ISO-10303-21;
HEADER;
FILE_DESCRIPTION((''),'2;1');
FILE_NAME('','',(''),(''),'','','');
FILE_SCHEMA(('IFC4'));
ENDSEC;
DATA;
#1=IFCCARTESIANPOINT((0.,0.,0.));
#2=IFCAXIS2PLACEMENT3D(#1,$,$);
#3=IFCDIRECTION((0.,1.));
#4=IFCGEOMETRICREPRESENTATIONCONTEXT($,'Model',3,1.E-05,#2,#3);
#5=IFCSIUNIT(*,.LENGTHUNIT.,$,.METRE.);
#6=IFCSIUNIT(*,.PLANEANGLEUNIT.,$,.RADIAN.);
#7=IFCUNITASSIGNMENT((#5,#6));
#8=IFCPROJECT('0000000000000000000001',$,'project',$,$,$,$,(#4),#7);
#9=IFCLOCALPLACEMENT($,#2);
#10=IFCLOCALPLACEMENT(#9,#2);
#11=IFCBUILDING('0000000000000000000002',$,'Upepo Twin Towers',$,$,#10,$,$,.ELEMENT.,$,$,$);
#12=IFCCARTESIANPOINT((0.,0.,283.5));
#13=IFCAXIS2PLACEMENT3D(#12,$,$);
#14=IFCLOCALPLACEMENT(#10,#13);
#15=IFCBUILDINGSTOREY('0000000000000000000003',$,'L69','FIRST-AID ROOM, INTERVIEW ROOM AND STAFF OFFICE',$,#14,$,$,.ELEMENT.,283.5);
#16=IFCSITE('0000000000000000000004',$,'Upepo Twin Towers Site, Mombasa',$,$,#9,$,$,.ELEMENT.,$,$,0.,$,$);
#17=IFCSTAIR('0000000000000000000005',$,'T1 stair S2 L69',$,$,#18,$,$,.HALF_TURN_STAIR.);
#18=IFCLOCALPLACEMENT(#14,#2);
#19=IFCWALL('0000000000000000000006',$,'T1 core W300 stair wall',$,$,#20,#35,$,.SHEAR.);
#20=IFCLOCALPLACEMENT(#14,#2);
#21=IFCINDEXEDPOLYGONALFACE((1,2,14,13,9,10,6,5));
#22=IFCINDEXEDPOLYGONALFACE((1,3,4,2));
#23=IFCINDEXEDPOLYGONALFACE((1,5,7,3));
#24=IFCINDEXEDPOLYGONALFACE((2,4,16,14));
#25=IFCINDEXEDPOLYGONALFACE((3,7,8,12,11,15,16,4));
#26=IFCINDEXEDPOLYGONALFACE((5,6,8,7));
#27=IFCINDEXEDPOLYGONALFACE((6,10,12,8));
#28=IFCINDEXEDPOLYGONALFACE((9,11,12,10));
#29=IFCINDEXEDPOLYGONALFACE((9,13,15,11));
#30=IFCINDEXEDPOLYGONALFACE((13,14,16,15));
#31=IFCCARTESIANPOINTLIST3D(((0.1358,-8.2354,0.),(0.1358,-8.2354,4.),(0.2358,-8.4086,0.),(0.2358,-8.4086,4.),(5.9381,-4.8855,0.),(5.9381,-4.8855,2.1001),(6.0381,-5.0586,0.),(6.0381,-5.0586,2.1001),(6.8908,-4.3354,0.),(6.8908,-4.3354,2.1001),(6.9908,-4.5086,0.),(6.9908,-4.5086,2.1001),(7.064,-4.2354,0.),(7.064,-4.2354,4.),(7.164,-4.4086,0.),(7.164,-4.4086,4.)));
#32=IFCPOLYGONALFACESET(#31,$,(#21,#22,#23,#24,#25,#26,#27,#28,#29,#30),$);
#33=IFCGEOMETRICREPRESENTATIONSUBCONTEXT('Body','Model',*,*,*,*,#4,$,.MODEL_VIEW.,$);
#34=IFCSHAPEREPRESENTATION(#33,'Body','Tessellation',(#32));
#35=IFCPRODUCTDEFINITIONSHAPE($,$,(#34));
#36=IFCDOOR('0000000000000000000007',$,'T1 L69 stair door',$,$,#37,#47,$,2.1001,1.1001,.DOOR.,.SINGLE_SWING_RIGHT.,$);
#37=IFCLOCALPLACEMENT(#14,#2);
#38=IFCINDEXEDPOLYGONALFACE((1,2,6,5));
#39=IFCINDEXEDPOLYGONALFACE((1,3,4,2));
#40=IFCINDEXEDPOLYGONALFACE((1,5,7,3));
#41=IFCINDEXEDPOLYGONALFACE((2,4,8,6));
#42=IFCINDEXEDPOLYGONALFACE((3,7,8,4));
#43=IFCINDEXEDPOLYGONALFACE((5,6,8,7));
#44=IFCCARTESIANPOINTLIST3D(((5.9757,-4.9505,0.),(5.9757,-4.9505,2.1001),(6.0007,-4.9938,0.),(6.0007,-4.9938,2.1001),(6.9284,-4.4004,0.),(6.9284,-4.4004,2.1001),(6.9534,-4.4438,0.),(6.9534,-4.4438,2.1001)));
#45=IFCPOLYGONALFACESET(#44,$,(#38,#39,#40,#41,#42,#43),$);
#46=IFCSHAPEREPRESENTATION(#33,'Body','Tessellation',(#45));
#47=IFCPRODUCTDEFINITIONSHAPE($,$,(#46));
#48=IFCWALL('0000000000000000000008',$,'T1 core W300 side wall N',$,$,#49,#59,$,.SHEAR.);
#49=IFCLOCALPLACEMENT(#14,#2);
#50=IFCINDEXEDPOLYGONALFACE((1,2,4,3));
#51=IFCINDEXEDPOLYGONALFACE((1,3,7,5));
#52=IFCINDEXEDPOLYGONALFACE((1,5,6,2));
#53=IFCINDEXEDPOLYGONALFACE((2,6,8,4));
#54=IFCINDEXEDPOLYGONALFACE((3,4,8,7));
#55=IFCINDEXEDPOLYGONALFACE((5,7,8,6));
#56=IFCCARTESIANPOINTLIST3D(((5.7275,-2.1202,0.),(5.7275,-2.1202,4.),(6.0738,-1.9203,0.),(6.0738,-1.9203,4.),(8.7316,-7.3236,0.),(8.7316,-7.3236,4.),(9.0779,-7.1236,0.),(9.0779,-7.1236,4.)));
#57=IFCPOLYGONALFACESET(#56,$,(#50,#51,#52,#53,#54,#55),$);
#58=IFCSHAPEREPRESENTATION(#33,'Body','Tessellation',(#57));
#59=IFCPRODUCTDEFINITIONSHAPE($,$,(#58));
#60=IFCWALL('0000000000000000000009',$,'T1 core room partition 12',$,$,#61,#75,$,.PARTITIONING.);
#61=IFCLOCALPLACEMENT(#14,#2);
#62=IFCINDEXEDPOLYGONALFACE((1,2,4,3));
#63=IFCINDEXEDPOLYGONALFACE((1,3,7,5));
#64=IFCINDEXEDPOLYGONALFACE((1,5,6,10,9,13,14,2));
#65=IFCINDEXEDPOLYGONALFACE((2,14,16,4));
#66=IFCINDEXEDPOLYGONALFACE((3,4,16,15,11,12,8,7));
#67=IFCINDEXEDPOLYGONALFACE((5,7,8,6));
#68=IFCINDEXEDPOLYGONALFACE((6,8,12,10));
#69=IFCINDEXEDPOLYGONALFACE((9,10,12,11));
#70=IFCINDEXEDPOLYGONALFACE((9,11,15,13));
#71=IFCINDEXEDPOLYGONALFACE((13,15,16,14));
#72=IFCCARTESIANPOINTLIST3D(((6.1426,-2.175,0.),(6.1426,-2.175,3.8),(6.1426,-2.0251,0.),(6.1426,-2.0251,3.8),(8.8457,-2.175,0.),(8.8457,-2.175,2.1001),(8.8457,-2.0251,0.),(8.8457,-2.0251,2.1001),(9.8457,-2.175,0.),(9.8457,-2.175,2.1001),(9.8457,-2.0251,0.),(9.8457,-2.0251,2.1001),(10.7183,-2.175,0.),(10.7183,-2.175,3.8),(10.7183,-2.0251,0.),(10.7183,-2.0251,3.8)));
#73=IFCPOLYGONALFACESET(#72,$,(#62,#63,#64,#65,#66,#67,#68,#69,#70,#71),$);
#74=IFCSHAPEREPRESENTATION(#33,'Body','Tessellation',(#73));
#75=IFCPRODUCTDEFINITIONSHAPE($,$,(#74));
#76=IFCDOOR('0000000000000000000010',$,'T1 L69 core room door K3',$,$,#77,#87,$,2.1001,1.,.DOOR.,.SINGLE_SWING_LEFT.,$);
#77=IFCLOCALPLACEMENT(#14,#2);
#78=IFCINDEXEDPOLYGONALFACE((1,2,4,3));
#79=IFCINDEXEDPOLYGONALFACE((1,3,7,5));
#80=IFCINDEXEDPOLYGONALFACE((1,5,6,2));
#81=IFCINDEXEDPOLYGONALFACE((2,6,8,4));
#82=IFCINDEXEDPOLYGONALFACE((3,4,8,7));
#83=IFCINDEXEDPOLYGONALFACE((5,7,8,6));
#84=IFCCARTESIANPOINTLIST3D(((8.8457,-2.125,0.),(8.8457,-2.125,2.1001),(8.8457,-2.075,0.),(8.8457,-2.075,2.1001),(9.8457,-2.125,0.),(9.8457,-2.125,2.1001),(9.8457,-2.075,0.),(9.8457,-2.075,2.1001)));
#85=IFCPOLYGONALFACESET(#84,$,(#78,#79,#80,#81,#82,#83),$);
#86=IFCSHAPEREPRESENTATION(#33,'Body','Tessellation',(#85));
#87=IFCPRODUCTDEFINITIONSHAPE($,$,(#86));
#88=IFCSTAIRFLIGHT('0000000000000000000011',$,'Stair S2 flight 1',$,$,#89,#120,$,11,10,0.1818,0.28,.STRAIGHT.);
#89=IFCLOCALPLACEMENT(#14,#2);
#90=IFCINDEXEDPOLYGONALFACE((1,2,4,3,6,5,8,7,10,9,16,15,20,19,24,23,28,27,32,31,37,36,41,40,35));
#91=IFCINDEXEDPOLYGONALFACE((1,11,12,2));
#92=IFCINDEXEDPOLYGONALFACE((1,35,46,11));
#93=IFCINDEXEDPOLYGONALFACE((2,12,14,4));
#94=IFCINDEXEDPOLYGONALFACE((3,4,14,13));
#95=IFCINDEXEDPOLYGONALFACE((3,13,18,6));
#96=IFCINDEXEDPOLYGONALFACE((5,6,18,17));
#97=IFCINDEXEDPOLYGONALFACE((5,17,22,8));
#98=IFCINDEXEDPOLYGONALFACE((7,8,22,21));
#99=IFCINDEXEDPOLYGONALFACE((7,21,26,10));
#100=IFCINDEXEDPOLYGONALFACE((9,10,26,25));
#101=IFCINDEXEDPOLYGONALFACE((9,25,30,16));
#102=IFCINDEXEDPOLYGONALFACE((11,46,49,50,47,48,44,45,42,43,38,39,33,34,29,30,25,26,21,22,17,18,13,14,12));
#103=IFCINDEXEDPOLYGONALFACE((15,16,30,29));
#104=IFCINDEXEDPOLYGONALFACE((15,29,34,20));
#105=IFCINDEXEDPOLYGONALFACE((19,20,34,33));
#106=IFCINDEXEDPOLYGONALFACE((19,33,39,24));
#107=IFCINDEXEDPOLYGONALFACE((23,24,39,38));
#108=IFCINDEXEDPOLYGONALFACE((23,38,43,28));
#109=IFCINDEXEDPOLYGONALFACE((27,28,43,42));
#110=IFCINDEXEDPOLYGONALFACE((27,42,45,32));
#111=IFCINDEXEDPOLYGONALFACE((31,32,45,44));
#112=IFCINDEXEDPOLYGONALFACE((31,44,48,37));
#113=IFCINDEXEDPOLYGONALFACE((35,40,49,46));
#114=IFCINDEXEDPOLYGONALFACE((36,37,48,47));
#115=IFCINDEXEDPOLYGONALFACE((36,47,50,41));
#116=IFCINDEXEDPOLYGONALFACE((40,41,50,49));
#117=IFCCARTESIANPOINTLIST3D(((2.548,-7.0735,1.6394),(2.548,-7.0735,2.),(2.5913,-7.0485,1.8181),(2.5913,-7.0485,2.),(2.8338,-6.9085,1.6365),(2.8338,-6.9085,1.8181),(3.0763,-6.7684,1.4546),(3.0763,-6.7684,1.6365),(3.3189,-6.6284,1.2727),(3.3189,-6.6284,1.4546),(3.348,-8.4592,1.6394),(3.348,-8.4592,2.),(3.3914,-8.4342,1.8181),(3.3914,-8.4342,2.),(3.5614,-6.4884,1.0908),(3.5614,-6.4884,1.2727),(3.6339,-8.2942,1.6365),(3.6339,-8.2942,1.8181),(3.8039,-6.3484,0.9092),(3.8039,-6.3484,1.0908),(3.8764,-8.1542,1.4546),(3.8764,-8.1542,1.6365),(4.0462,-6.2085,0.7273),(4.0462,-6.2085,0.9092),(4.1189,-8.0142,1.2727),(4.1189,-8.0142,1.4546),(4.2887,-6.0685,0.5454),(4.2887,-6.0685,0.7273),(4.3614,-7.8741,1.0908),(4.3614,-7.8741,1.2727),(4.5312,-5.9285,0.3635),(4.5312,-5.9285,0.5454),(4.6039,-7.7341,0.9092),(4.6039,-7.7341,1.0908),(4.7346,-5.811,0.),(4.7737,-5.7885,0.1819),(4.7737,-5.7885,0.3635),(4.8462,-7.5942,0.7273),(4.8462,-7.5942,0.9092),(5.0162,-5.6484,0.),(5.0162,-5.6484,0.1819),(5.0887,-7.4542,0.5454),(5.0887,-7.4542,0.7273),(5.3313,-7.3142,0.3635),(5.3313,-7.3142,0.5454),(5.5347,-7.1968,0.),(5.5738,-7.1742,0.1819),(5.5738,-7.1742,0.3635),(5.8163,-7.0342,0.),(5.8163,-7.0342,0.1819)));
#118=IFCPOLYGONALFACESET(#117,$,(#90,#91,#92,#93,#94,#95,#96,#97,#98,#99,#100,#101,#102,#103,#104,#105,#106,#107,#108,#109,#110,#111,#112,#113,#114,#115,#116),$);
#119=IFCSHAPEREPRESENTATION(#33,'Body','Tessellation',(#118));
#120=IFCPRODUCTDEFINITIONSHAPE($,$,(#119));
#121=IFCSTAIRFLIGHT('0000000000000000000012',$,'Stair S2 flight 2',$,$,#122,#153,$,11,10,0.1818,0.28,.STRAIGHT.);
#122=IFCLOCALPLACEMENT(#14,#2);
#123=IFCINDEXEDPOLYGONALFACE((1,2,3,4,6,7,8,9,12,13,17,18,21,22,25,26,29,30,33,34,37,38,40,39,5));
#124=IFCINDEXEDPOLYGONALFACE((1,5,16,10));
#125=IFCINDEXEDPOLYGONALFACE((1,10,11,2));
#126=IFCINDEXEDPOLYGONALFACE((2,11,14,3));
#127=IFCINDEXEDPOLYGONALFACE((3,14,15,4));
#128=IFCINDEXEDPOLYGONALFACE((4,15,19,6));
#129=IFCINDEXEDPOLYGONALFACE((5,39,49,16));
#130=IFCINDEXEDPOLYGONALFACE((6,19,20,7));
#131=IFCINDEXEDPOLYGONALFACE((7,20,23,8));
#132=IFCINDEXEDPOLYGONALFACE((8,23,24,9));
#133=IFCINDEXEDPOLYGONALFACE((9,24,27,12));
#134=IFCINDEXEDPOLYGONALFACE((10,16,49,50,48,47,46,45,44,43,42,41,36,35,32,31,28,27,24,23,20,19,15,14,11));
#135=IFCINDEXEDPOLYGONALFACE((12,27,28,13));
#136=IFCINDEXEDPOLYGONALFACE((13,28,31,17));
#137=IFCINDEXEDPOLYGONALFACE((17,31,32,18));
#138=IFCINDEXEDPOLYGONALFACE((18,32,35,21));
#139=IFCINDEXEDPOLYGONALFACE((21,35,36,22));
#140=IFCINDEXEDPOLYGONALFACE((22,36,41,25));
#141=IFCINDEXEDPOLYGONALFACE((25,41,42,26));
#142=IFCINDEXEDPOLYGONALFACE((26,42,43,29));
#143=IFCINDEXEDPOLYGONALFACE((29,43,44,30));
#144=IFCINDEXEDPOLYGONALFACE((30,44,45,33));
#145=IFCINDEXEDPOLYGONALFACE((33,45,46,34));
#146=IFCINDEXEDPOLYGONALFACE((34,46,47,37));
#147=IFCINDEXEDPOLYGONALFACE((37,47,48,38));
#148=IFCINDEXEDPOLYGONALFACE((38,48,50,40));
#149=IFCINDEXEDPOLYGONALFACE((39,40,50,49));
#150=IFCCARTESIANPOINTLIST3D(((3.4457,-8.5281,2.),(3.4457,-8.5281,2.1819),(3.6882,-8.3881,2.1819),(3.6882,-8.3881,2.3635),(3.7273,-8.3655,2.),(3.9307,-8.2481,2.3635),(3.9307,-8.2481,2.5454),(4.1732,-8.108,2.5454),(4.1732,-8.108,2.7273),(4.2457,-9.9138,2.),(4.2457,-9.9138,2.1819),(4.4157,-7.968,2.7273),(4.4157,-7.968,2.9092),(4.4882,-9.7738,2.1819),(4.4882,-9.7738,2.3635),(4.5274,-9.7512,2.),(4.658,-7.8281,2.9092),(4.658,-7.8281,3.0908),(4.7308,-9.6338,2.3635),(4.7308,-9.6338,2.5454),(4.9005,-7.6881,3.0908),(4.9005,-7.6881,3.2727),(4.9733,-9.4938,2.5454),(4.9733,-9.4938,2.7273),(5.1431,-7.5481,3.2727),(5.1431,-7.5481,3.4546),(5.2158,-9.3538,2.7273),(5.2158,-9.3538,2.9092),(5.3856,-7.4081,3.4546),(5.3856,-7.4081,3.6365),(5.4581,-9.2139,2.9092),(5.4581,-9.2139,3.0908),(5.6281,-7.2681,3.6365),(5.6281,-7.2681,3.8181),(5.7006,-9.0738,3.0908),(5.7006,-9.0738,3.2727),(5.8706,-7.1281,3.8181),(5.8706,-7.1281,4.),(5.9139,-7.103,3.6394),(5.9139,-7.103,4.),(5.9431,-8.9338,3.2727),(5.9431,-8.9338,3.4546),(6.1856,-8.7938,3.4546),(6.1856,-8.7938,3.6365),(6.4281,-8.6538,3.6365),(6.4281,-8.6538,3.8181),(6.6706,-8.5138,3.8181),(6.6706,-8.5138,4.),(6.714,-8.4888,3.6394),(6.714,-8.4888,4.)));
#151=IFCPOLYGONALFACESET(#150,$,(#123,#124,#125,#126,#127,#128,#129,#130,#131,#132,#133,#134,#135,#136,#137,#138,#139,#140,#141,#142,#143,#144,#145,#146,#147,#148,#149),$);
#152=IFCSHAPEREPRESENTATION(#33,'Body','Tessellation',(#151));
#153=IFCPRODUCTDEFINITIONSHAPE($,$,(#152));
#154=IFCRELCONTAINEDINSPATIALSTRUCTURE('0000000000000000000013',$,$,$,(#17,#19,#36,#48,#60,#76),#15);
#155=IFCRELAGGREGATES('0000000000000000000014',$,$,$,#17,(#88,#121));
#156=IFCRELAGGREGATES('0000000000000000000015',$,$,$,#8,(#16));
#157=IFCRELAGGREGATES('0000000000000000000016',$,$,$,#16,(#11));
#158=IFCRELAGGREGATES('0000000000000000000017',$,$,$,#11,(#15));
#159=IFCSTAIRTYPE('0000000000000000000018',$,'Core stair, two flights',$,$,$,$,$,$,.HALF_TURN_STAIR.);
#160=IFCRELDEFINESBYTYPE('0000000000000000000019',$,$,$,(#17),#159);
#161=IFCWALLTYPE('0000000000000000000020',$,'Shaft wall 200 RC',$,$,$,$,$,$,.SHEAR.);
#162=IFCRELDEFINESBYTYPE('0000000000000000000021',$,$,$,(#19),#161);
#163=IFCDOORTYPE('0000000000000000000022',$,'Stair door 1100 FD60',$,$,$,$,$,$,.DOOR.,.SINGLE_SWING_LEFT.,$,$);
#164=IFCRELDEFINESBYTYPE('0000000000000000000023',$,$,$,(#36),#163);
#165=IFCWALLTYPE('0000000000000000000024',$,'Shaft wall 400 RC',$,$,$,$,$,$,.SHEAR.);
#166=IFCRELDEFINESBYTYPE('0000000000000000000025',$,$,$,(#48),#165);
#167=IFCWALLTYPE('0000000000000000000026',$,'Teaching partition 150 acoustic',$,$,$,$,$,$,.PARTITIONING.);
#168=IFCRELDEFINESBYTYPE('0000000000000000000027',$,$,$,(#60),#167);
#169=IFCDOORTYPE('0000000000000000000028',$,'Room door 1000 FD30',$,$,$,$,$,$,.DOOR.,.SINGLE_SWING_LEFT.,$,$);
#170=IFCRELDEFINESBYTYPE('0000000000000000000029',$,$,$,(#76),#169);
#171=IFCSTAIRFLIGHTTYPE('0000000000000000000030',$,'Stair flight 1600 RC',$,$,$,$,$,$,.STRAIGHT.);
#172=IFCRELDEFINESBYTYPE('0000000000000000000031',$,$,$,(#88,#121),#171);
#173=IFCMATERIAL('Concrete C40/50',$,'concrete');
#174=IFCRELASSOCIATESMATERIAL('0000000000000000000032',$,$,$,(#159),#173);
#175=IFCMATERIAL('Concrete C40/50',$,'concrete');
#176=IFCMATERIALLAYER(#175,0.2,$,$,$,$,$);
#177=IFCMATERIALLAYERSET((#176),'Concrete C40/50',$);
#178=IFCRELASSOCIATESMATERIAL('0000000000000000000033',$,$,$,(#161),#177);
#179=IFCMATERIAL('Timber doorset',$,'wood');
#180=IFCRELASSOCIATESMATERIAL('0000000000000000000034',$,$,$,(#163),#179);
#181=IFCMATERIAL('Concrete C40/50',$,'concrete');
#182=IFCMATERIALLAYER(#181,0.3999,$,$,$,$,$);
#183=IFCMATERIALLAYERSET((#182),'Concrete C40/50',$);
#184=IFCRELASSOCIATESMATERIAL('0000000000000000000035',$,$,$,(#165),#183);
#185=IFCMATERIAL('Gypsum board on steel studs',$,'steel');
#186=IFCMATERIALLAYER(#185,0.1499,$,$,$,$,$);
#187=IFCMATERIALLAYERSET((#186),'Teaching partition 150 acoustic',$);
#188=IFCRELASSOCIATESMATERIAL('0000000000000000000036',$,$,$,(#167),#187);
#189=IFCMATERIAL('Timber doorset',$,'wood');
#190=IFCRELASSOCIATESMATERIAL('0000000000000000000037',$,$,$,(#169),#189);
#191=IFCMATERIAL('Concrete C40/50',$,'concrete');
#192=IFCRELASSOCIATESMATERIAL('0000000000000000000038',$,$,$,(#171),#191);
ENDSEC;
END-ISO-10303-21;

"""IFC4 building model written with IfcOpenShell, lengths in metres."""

from ifc_helpers import new_model, si_unit, direction, frame, frame_2d, origin, place, context, subcontext, project, spatial, polyline, rectangle, outline, extrude, material, layer, layer_set, type_object, element, fill, aggregate, save


model = new_model("IFC4")

# Units and contexts
model_context = context("Model", 3, precision=1e-05, world=origin(), true_north=direction((0.0, 1.0)))
body_context = subcontext(model_context, "Body", "Model", "MODEL_VIEW")
ifc_project = project(units=[si_unit("LENGTHUNIT", "METRE"), si_unit("PLANEANGLEUNIT", "RADIAN")], contexts=[model_context])

# Site, building, storey
site_placement = place(None, origin())
site = spatial("IfcSite", under=ifc_project, at=site_placement, Name="Upepo Twin Towers Site, Mombasa", CompositionType="ELEMENT", RefElevation=0.0)
building_placement = place(site_placement, origin())
building = spatial("IfcBuilding", under=site, at=building_placement, Name="Upepo Twin Towers", CompositionType="ELEMENT")
storey_placement = place(building_placement, frame((0.0, 0.0, 283.5)))
storey = spatial("IfcBuildingStorey", under=building, at=storey_placement, Name="L69", Description="FIRST-AID ROOM, INTERVIEW ROOM AND STAFF OFFICE", CompositionType="ELEMENT", Elevation=283.5)

# Shared definitions
ifc_material_1 = material(Name="Concrete C40/50", Category="concrete")
stair_type = type_object("IfcStairType", Name="Core stair, two flights", PredefinedType="HALF_TURN_STAIR", material=ifc_material_1)

# Stair
stair_1_placement = place(storey_placement, origin())
stair_1 = element("IfcStair", 1, at=stair_1_placement, inside=storey, type_object=stair_type, Name="T1 stair S2 L69", PredefinedType="HALF_TURN_STAIR")

# Shared definitions
ifc_material_2 = material(Name="Concrete C40/50", Category="concrete")
ifc_layer_1 = layer(ifc_material_2, 0.2)
ifc_layer_set_1 = layer_set([ifc_layer_1], Name="Concrete C40/50")
wall_type_1 = type_object("IfcWallType", Name="Shaft wall 200 RC", PredefinedType="SHEAR", material=ifc_layer_set_1)

# Wall, opening, door
wall_1_placement = place(storey_placement, frame((0.1858, -8.322, 0.0), z_axis=(0.0, 0.0, 1.0), x_axis=(0.866026, 0.499999, 0.0)))
wall_1 = element("IfcWall", 2, at=wall_1_placement, inside=storey, type_object=wall_type_1, Name="T1 core W300 stair wall", PredefinedType="SHEAR", context=body_context, shape_type="SweptSolid", body=[
    extrude(rectangle(XDim=8.0, YDim=0.2, at=frame_2d((4.0, 0.0))), origin(), (0.0, 0.0, 1.0), 4.0),
])
opening_1_placement = place(wall_1_placement, frame((6.7, 0.0, 0.0)))
opening_1 = element("IfcOpeningElement", 3, at=opening_1_placement, cuts=wall_1, PredefinedType="OPENING", context=body_context, shape_type="SweptSolid", body=[
    extrude(rectangle(XDim=1.1001, YDim=2.1001, at=frame_2d((0.55, 1.05))), frame((0.0, 0.1099, 0.0), z_axis=(0.0, -1.0, 0.0), x_axis=(1.0, 0.0, 0.0)), (0.0, 0.0, 1.0), 0.22),
])
ifc_material_3 = material(Name="Timber doorset", Category="wood")
door_type_1 = type_object("IfcDoorType", Name="Stair door 1100 FD60", OperationType="SINGLE_SWING_LEFT", PredefinedType="DOOR", material=ifc_material_3)
door_1_placement = place(opening_1_placement, origin())
door_1 = element("IfcDoor", 4, at=door_1_placement, inside=storey, type_object=door_type_1, Name="T1 L69 stair door", OperationType="SINGLE_SWING_RIGHT", OverallHeight=2.1001, OverallWidth=1.1001, PredefinedType="DOOR", context=body_context, shape_type="SweptSolid", body=[
    extrude(rectangle(XDim=1.1001, YDim=2.1001, at=frame_2d((0.55, 1.05))), frame((0.0, 0.0249, 0.0), z_axis=(0.0, -1.0, 0.0), x_axis=(1.0, 0.0, 0.0)), (0.0, 0.0, 1.0), 0.05),
])
fill(opening_1, door_1)

# Wall
ifc_material_4 = material(Name="Concrete C40/50", Category="concrete")
ifc_layer_2 = layer(ifc_material_4, 0.3999)
ifc_layer_set_2 = layer_set([ifc_layer_2], Name="Concrete C40/50")
wall_type_2 = type_object("IfcWallType", Name="Shaft wall 400 RC", PredefinedType="SHEAR", material=ifc_layer_set_2)
wall_2_placement = place(storey_placement, frame((5.9006, -2.0203, 0.0), z_axis=(0.0, 0.0, 1.0), x_axis=(0.499998, -0.866027, 0.0)))
element("IfcWall", 5, at=wall_2_placement, inside=storey, type_object=wall_type_2, Name="T1 core W300 side wall N", PredefinedType="SHEAR", context=body_context, shape_type="SweptSolid", body=[
    extrude(rectangle(XDim=6.0083, YDim=0.3999, at=frame_2d((3.0042, 0.0))), origin(), (0.0, 0.0, 1.0), 4.0),
])

# Wall, opening, door
ifc_material_5 = material(Name="Gypsum board on steel studs", Category="steel")
ifc_layer_3 = layer(ifc_material_5, 0.1499)
ifc_layer_set_3 = layer_set([ifc_layer_3], Name="Teaching partition 150 acoustic")
wall_type_3 = type_object("IfcWallType", Name="Teaching partition 150 acoustic", PredefinedType="PARTITIONING", material=ifc_layer_set_3)
wall_3_placement = place(storey_placement, frame((10.7183, -2.1001, 0.0), z_axis=(0.0, 0.0, 1.0), x_axis=(-1.0, 0.0, 0.0)))
wall_3 = element("IfcWall", 6, at=wall_3_placement, inside=storey, type_object=wall_type_3, Name="T1 core room partition 12", PredefinedType="PARTITIONING", context=body_context, shape_type="SweptSolid", body=[
    extrude(rectangle(XDim=4.5757, YDim=0.1499, at=frame_2d((2.2878, 0.0))), origin(), (0.0, 0.0, 1.0), 3.8),
])
opening_2_placement = place(wall_3_placement, frame((0.8726, 0.0, 0.0)))
opening_2 = element("IfcOpeningElement", 7, at=opening_2_placement, cuts=wall_3, PredefinedType="OPENING", context=body_context, shape_type="SweptSolid", body=[
    extrude(rectangle(XDim=1.0, YDim=2.1001, at=frame_2d((0.5, 1.05))), frame((0.0, 0.085, 0.0), z_axis=(0.0, -1.0, 0.0), x_axis=(1.0, 0.0, 0.0)), (0.0, 0.0, 1.0), 0.1699),
])
ifc_material_6 = material(Name="Timber doorset", Category="wood")
door_type_2 = type_object("IfcDoorType", Name="Room door 1000 FD30", OperationType="SINGLE_SWING_LEFT", PredefinedType="DOOR", material=ifc_material_6)
door_2_placement = place(opening_2_placement, origin())
door_2 = element("IfcDoor", 8, at=door_2_placement, inside=storey, type_object=door_type_2, Name="T1 L69 core room door K3", OperationType="SINGLE_SWING_LEFT", OverallHeight=2.1001, OverallWidth=1.0, PredefinedType="DOOR", context=body_context, shape_type="SweptSolid", body=[
    extrude(rectangle(XDim=1.0, YDim=2.1001, at=frame_2d((0.5, 1.05))), frame((0.0, 0.0249, 0.0), z_axis=(0.0, -1.0, 0.0), x_axis=(1.0, 0.0, 0.0)), (0.0, 0.0, 1.0), 0.05),
])
fill(opening_2, door_2)

# Stair flights
ifc_material_7 = material(Name="Concrete C40/50", Category="concrete")
stair_flight_type = type_object("IfcStairFlightType", Name="Stair flight 1600 RC", PredefinedType="STRAIGHT", material=ifc_material_7)
stair_flight_1_placement = place(storey_placement, frame((5.4163, -6.3413, 0.0), z_axis=(0.0, 0.0, 1.0), x_axis=(-0.866025, -0.5, 0.0)))
stair_flight_1 = element("IfcStairFlight", 9, at=stair_flight_1_placement, type_object=stair_flight_type, Name="Stair S2 flight 1", NumberOfRisers=11, NumberOfTreads=10, PredefinedType="STRAIGHT", RiserHeight=0.1818, TreadLength=0.28, context=body_context, shape_type="SweptSolid", body=[
    extrude(outline(polyline([(0.0, 0.0), (0.0, 0.1819), (0.28, 0.1819), (0.28, 0.3635), (0.5601, 0.3635), (0.5601, 0.5454), (0.8401, 0.5454), (0.8401, 0.7273), (1.1201, 0.7273), (1.1201, 0.9092), (1.3999, 0.9092), (1.3999, 1.0908), (1.6799, 1.0908), (1.6799, 1.2727), (1.96, 1.2727), (1.96, 1.4546), (2.24, 1.4546), (2.24, 1.6365), (2.52, 1.6365), (2.52, 1.8181), (2.8, 1.8181), (2.8, 2.0), (2.8501, 2.0), (2.8501, 1.6394), (0.3252, 0.0), (0.0, 0.0)])), frame((0.0, 0.8, 0.0), z_axis=(0.0, -1.0, 0.0), x_axis=(1.0, 0.0, 0.0)), (0.0, 0.0, 1.0), 1.6001),
])
stair_flight_2_placement = place(storey_placement, frame((3.8457, -9.2209, 2.0), z_axis=(0.0, 0.0, 1.0), x_axis=(0.866025, 0.5, 0.0)))
stair_flight_2 = element("IfcStairFlight", 10, at=stair_flight_2_placement, type_object=stair_flight_type, Name="Stair S2 flight 2", NumberOfRisers=11, NumberOfTreads=10, PredefinedType="STRAIGHT", RiserHeight=0.1818, TreadLength=0.28, context=body_context, shape_type="SweptSolid", body=[
    extrude(outline(polyline([(0.0, 0.0), (0.0, 0.1819), (0.28, 0.1819), (0.28, 0.3635), (0.5601, 0.3635), (0.5601, 0.5454), (0.8401, 0.5454), (0.8401, 0.7273), (1.1201, 0.7273), (1.1201, 0.9092), (1.3999, 0.9092), (1.3999, 1.0908), (1.6799, 1.0908), (1.6799, 1.2727), (1.96, 1.2727), (1.96, 1.4546), (2.24, 1.4546), (2.24, 1.6365), (2.52, 1.6365), (2.52, 1.8181), (2.8, 1.8181), (2.8, 2.0), (2.8501, 2.0), (2.8501, 1.6394), (0.3252, 0.0), (0.0, 0.0)])), frame((0.0, 0.8, 0.0), z_axis=(0.0, -1.0, 0.0), x_axis=(1.0, 0.0, 0.0)), (0.0, 0.0, 1.0), 1.6001),
])
aggregate(stair_1, [stair_flight_1, stair_flight_2])

save(model, "model.ifc")
